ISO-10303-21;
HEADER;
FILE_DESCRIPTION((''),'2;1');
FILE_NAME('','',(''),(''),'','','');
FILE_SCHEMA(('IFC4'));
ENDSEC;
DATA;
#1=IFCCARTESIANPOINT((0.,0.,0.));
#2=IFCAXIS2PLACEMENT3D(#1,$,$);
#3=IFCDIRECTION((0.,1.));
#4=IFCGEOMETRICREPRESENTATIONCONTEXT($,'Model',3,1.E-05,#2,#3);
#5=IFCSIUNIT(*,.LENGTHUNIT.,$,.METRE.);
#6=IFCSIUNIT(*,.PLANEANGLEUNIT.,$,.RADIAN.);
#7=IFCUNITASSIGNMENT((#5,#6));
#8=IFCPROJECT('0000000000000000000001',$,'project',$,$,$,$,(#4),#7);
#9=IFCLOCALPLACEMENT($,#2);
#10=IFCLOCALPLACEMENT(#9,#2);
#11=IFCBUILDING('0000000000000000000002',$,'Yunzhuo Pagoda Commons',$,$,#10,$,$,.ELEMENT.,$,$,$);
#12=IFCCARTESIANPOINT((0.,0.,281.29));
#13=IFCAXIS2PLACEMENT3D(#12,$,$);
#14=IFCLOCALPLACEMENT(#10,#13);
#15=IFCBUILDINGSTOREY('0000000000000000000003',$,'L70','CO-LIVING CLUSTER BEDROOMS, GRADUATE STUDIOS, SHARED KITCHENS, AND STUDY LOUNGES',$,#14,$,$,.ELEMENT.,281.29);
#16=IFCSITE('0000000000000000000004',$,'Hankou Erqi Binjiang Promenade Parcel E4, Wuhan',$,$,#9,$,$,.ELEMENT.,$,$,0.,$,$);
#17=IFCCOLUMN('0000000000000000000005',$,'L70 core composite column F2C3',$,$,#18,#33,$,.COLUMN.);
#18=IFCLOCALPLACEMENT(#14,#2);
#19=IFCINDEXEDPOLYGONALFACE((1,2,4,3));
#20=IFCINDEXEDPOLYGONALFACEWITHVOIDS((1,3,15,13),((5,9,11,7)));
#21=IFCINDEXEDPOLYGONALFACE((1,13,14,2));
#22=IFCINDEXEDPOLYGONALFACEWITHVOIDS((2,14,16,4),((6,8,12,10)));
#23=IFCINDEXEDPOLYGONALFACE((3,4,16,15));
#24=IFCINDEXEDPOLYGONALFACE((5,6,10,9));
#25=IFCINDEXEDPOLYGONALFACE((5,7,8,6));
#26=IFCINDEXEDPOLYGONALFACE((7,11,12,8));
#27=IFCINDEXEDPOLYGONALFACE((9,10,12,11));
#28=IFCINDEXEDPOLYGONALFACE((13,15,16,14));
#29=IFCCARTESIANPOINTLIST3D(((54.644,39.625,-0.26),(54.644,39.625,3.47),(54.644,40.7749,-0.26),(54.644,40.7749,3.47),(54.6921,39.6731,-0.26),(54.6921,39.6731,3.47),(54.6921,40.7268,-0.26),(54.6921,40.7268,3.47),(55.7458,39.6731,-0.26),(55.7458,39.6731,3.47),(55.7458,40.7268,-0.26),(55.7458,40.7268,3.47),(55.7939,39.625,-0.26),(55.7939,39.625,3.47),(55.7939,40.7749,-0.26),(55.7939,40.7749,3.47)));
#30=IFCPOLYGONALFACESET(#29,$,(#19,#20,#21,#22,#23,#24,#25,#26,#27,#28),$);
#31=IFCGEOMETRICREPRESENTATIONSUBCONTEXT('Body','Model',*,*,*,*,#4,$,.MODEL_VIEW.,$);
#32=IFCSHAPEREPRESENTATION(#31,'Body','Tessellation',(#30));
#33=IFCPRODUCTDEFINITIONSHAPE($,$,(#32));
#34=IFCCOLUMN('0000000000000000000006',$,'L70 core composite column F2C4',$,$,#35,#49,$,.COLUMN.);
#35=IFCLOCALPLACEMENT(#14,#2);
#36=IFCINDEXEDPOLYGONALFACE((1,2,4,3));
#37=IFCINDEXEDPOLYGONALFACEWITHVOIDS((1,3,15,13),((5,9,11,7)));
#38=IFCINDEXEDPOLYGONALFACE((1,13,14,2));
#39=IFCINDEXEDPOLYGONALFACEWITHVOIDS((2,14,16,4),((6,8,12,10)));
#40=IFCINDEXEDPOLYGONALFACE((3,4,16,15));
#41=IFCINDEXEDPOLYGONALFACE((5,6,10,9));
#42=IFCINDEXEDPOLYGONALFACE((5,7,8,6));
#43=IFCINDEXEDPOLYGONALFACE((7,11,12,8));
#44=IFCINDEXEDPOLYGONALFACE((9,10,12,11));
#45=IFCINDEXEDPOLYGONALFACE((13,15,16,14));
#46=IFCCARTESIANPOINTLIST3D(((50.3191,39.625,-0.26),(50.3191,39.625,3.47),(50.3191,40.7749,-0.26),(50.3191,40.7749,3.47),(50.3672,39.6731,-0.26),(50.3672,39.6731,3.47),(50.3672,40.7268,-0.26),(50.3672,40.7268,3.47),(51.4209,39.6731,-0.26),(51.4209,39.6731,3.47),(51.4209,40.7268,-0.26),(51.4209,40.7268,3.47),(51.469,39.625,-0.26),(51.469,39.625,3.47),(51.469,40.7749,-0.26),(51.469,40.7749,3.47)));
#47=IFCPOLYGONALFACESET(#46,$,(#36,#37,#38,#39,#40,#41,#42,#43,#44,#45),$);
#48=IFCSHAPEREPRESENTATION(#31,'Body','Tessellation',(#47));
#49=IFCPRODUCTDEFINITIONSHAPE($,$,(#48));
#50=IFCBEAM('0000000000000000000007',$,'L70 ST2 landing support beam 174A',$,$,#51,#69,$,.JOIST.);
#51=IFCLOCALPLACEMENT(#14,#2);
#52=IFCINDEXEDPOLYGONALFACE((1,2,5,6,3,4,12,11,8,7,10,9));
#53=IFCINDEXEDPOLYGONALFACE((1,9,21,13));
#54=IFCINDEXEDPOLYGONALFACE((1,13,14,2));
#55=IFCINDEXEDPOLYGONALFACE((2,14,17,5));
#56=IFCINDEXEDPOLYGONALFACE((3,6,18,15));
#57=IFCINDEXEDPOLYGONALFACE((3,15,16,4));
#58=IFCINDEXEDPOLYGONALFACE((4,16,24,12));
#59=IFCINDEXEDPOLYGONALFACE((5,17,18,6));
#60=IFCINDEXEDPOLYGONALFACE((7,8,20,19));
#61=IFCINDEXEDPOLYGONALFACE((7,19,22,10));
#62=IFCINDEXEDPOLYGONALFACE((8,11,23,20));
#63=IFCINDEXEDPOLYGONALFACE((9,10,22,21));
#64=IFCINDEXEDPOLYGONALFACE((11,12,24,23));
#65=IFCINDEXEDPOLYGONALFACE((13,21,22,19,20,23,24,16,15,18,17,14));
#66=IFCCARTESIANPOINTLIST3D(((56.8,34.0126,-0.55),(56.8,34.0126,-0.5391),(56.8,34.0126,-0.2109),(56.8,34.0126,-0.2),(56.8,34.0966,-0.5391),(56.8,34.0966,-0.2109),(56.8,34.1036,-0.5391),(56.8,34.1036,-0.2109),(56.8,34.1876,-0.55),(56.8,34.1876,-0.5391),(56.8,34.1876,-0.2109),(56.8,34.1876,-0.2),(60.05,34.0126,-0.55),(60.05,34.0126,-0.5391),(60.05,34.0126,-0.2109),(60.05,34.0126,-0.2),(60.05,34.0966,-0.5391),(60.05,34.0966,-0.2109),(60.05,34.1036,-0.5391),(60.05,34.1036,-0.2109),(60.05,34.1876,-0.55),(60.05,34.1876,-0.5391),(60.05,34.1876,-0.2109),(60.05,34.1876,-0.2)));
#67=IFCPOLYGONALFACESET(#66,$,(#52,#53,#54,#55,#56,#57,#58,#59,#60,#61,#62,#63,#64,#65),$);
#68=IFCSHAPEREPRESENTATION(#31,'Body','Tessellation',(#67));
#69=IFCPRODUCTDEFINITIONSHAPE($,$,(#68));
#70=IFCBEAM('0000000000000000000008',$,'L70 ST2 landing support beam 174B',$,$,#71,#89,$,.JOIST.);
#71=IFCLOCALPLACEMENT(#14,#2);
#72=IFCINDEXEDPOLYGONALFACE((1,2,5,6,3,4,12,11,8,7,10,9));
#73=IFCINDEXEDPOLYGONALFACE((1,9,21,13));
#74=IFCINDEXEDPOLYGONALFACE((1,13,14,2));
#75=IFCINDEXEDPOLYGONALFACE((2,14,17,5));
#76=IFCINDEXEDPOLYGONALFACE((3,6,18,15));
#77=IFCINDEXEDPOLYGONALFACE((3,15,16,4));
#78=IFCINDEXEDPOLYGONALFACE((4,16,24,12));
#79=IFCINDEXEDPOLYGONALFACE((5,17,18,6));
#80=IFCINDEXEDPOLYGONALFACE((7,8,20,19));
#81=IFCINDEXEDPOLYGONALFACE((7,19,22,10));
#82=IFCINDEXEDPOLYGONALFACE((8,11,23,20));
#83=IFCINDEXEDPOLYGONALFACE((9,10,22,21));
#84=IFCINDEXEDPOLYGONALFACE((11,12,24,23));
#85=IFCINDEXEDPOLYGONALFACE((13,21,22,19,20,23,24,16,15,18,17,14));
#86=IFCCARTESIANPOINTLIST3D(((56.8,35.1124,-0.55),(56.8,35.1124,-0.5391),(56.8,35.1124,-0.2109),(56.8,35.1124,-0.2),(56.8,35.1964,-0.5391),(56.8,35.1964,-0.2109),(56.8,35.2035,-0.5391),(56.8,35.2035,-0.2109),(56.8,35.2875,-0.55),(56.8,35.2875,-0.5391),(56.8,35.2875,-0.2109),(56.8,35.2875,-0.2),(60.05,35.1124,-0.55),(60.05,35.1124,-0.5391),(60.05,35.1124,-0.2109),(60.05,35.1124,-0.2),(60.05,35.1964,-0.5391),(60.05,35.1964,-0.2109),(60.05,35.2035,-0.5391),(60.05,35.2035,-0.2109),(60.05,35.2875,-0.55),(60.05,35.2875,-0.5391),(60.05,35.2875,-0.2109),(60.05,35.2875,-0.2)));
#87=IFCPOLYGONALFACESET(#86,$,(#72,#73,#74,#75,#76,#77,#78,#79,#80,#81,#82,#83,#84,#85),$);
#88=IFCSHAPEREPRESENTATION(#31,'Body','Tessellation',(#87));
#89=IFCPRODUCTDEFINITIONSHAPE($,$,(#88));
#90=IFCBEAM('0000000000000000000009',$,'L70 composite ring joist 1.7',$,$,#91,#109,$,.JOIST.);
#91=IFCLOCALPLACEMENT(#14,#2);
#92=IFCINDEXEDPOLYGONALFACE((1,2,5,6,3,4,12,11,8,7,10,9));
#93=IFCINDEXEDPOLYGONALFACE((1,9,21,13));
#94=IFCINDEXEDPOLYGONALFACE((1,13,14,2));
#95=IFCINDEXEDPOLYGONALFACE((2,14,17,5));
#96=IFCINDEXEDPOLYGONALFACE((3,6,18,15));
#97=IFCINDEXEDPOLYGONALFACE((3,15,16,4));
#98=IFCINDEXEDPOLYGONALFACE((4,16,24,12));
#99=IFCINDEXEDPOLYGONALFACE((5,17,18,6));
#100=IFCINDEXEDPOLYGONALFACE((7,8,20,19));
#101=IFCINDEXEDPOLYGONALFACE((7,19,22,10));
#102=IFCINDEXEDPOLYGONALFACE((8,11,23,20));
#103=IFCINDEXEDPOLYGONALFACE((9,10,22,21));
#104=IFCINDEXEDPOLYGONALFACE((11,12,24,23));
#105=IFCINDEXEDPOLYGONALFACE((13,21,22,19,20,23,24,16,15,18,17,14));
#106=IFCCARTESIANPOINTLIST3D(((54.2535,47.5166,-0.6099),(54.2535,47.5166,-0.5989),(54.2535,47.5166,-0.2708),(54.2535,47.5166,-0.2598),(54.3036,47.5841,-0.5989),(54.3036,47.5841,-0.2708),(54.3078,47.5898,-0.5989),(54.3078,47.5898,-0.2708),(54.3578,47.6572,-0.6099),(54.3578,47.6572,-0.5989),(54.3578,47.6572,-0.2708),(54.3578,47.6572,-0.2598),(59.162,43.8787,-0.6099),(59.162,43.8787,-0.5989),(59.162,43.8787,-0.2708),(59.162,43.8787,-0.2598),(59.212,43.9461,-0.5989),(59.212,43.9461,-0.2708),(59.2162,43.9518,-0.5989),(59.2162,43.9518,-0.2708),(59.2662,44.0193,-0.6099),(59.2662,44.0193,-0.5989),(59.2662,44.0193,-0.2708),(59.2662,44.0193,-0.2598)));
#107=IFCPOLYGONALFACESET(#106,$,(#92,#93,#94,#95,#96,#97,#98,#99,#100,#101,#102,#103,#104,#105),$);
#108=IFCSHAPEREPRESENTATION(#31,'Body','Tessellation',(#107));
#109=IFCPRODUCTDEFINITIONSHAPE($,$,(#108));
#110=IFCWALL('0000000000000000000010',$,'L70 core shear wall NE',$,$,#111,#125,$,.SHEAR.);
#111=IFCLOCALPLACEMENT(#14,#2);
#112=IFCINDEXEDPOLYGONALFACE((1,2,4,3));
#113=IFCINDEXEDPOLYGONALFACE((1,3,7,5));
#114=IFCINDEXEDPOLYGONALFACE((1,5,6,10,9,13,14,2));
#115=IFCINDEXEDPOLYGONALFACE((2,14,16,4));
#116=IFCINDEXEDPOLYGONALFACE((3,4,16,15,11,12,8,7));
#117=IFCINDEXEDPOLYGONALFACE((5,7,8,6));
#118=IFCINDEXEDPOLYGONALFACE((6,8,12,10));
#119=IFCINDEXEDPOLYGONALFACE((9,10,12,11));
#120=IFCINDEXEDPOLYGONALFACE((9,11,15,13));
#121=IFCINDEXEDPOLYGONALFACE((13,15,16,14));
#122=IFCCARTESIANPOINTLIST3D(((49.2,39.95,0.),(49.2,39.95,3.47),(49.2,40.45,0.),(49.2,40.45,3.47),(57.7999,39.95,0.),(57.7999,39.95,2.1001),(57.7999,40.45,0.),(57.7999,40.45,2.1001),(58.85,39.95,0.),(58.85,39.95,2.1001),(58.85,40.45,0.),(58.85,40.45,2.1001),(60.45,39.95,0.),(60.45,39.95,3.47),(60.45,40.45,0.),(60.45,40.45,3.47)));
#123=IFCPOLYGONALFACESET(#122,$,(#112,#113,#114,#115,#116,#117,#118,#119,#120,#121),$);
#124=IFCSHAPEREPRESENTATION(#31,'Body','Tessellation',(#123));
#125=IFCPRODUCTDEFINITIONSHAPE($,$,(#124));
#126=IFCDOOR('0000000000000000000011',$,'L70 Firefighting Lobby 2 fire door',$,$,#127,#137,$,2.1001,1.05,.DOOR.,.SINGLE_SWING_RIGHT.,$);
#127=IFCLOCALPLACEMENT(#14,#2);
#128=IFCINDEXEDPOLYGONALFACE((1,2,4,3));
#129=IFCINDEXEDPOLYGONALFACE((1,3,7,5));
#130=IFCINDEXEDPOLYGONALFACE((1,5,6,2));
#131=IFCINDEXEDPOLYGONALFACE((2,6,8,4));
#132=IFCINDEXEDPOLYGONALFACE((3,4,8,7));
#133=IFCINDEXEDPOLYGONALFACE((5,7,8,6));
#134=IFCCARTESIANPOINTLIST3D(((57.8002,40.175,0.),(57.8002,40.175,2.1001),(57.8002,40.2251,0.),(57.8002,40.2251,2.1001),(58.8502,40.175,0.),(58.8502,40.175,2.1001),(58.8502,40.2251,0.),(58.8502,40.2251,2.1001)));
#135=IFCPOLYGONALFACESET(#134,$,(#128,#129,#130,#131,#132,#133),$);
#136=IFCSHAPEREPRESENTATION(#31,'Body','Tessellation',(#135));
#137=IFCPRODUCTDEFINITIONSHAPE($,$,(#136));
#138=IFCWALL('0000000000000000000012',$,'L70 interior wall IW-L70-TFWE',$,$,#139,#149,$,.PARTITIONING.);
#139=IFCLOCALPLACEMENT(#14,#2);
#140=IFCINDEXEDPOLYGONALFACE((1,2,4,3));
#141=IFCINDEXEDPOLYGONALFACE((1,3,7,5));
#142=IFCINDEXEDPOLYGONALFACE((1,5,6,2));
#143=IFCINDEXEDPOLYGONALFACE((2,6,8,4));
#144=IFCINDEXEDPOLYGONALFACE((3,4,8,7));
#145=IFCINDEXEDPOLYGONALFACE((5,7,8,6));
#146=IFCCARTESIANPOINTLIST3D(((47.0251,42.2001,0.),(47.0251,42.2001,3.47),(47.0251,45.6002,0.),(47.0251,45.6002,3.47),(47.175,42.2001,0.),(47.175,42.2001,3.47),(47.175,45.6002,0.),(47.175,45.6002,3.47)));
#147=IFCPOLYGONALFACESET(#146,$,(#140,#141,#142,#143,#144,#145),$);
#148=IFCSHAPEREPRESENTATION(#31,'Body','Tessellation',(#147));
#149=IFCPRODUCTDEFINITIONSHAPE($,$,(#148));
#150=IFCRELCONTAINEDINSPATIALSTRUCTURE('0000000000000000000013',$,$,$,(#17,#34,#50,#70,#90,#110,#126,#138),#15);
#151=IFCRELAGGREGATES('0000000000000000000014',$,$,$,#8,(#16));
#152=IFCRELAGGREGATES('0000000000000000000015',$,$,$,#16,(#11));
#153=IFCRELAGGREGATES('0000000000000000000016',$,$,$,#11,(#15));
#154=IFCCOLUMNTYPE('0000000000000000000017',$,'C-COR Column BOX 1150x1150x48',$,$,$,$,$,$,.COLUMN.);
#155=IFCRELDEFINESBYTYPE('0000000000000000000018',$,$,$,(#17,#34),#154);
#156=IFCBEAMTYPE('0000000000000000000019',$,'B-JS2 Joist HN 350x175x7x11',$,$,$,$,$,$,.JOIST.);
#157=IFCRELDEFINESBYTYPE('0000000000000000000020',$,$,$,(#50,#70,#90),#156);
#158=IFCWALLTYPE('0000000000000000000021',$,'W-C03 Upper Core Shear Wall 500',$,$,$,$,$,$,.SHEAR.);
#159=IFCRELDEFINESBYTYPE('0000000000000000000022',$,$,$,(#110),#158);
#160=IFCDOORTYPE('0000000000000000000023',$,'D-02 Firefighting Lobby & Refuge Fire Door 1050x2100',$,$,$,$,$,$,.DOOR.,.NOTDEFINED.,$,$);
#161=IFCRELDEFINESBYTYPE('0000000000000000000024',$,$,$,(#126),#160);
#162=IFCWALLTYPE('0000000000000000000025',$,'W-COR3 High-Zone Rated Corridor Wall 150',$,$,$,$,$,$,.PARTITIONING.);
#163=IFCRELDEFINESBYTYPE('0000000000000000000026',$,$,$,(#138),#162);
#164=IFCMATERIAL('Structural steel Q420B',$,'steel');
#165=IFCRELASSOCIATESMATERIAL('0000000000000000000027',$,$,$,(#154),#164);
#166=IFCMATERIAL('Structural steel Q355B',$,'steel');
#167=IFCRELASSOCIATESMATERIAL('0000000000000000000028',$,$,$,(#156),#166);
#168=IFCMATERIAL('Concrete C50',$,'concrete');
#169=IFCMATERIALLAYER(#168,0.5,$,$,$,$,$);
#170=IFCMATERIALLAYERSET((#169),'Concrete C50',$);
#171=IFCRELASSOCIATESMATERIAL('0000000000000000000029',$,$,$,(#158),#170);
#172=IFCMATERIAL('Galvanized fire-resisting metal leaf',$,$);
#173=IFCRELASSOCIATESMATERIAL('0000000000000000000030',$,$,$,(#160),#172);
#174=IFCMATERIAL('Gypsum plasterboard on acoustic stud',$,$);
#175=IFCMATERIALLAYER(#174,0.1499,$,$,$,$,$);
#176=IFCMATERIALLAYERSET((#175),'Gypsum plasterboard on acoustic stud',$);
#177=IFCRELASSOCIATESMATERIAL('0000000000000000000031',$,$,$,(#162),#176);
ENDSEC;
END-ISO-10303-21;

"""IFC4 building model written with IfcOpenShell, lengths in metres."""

from ifc_helpers import new_model, si_unit, direction, frame, frame_2d, origin, origin_2d, place, context, subcontext, project, spatial, rectangle, hollow_rectangle, i_section, extrude, source, transform, mapped, material, layer, layer_set, material_profile, profile_set, type_object, element, fill, save


model = new_model("IFC4")

# Units and contexts
model_context = context("Model", 3, precision=1e-05, world=origin(), true_north=direction((0.0, 1.0)))
body_context = subcontext(model_context, "Body", "Model", "MODEL_VIEW")
ifc_project = project(units=[si_unit("LENGTHUNIT", "METRE"), si_unit("PLANEANGLEUNIT", "RADIAN")], contexts=[model_context])

# Site, building, storey
site_placement = place(None, origin())
site = spatial("IfcSite", under=ifc_project, at=site_placement, Name="Hankou Erqi Binjiang Promenade Parcel E4, Wuhan", CompositionType="ELEMENT", RefElevation=0.0)
building_placement = place(site_placement, origin())
building = spatial("IfcBuilding", under=site, at=building_placement, Name="Yunzhuo Pagoda Commons", CompositionType="ELEMENT")
storey_placement = place(building_placement, frame((0.0, 0.0, 281.29)))
storey = spatial("IfcBuildingStorey", under=building, at=storey_placement, Name="L70", Description="CO-LIVING CLUSTER BEDROOMS, GRADUATE STUDIOS, SHARED KITCHENS, AND STUDY LOUNGES", CompositionType="ELEMENT", Elevation=281.29)

# Columns
ifc_material_1 = material(Name="Structural steel Q420B", Category="steel")
ifc_material_profile_1 = material_profile(ifc_material_1, hollow_rectangle(XDim=1.1499, YDim=1.1499, WallThickness=0.0481, at=origin_2d()), Name="Structural steel Q420B")
ifc_profile_set_1 = profile_set([ifc_material_profile_1], Name="Structural steel Q420B")
column_type = type_object("IfcColumnType", Name="C-COR Column BOX 1150x1150x48", PredefinedType="COLUMN", material=ifc_profile_set_1)
shared_shape_1 = source(origin(), body_context, "Body", "SweptSolid", [
    extrude(hollow_rectangle(XDim=1.1499, YDim=1.1499, WallThickness=0.0481, at=origin_2d()), origin(), (0.0, 0.0, 1.0), 3.73),
])
for number, where, z_axis, x_axis, name in (
    (1, (55.219, 40.2, -0.26), (0.0, 0.0, 1.0), (1.0, 0.0, 0.0), "L70 core composite column F2C3"),
    (2, (50.894, 40.2, -0.26), (0.0, 0.0, 1.0), (1.0, 0.0, 0.0), "L70 core composite column F2C4"),
):
    element("IfcColumn", number, at=place(storey_placement, frame(where, z_axis=z_axis, x_axis=x_axis)), inside=storey, type_object=column_type, Name=name, PredefinedType="COLUMN", context=body_context, shape_type="MappedRepresentation", body=[
        mapped(shared_shape_1, transform((0.0, 0.0, 0.0), scale=1.0)),
    ])

# Beams
ifc_material_2 = material(Name="Structural steel Q355B", Category="steel")
ifc_material_profile_2 = material_profile(ifc_material_2, i_section(OverallWidth=0.175, OverallDepth=0.3501, WebThickness=0.0071, FlangeThickness=0.011, at=origin_2d()), Name="Structural steel Q355B")
ifc_profile_set_2 = profile_set([ifc_material_profile_2], Name="Structural steel Q355B")
beam_type = type_object("IfcBeamType", Name="B-JS2 Joist HN 350x175x7x11", PredefinedType="JOIST", material=ifc_profile_set_2)
shared_shape_2 = source(origin(), body_context, "Body", "SweptSolid", [
    extrude(i_section(OverallWidth=0.175, OverallDepth=0.3501, WebThickness=0.0071, FlangeThickness=0.011, at=origin_2d()), origin(), (0.0, 0.0, 1.0), 3.25),
])
for number, where, z_axis, x_axis, name in (
    (3, (56.8, 34.1001, -0.375), (1.0, 0.0, 0.0), (0.0, 1.0, 0.0), "L70 ST2 landing support beam 174A"),
    (4, (56.8, 35.2, -0.375), (1.0, 0.0, 0.0), (0.0, 1.0, 0.0), "L70 ST2 landing support beam 174B"),
):
    element("IfcBeam", number, at=place(storey_placement, frame(where, z_axis=z_axis, x_axis=x_axis)), inside=storey, type_object=beam_type, Name=name, PredefinedType="JOIST", context=body_context, shape_type="MappedRepresentation", body=[
        mapped(shared_shape_2, transform((0.0, 0.0, 0.0), scale=1.0)),
    ])
shared_shape_3 = source(origin(), body_context, "Body", "SweptSolid", [
    extrude(i_section(OverallWidth=0.175, OverallDepth=0.3501, WebThickness=0.0071, FlangeThickness=0.011, at=origin_2d()), origin(), (0.0, 0.0, 1.0), 6.1096),
])
beam_placement = place(storey_placement, frame((59.2141, 43.949, -0.4348), z_axis=(-0.803396, 0.595444, 0.0), x_axis=(-0.595444, -0.803396, 0.0)))
element("IfcBeam", 5, at=beam_placement, inside=storey, type_object=beam_type, Name="L70 composite ring joist 1.7", PredefinedType="JOIST", context=body_context, shape_type="MappedRepresentation", body=[
    mapped(shared_shape_3, transform((0.0, 0.0, 0.0), scale=1.0)),
])

# Wall, opening, door
ifc_material_3 = material(Name="Concrete C50", Category="concrete")
ifc_layer_1 = layer(ifc_material_3, 0.5)
ifc_layer_set_1 = layer_set([ifc_layer_1], Name="Concrete C50")
wall_type_1 = type_object("IfcWallType", Name="W-C03 Upper Core Shear Wall 500", PredefinedType="SHEAR", material=ifc_layer_set_1)
wall_1_placement = place(storey_placement, frame((49.2, 40.2, 0.0), z_axis=(0.0, 0.0, 1.0), x_axis=(1.0, 0.0, 0.0)))
wall_1 = element("IfcWall", 6, at=wall_1_placement, inside=storey, type_object=wall_type_1, Name="L70 core shear wall NE", PredefinedType="SHEAR", context=body_context, shape_type="SweptSolid", body=[
    extrude(rectangle(XDim=11.25, YDim=0.5, at=frame_2d((5.625, 0.0))), origin(), (0.0, 0.0, 1.0), 3.47),
])
opening_1_placement = place(wall_1_placement, frame((8.6001, 0.0, 0.0)))
opening_1 = element("IfcOpeningElement", 7, at=opening_1_placement, cuts=wall_1, PredefinedType="OPENING", context=body_context, shape_type="SweptSolid", body=[
    extrude(rectangle(XDim=1.05, YDim=2.1001, at=frame_2d((0.5249, 1.05))), frame((0.0, 0.26, 0.0), z_axis=(0.0, -1.0, 0.0), x_axis=(1.0, 0.0, 0.0)), (0.0, 0.0, 1.0), 0.52),
])
ifc_material_4 = material(Name="Galvanized fire-resisting metal leaf")
door_type_1 = type_object("IfcDoorType", Name="D-02 Firefighting Lobby & Refuge Fire Door 1050x2100", OperationType="NOTDEFINED", PredefinedType="DOOR", material=ifc_material_4)
shared_shape_4 = source(origin(), body_context, "Body", "SweptSolid", [
    extrude(rectangle(XDim=1.05, YDim=2.1001, at=frame_2d((0.5249, 1.05))), frame((0.0, 0.0249, 0.0), z_axis=(0.0, -1.0, 0.0), x_axis=(1.0, 0.0, 0.0)), (0.0, 0.0, 1.0), 0.05),
])
door_1_placement = place(opening_1_placement, frame((1.05, 0.0, 0.0), z_axis=(0.0, 0.0, 1.0), x_axis=(-1.0, 0.0, 0.0)))
door_1 = element("IfcDoor", 8, at=door_1_placement, inside=storey, type_object=door_type_1, Name="L70 Firefighting Lobby 2 fire door", OperationType="SINGLE_SWING_RIGHT", OverallHeight=2.1001, OverallWidth=1.05, PredefinedType="DOOR", context=body_context, shape_type="MappedRepresentation", body=[
    mapped(shared_shape_4, transform((0.0, 0.0, 0.0), scale=1.0)),
])
fill(opening_1, door_1)

# Wall
ifc_material_5 = material(Name="Gypsum plasterboard on acoustic stud")
ifc_layer_2 = layer(ifc_material_5, 0.1499)
ifc_layer_set_2 = layer_set([ifc_layer_2], Name="Gypsum plasterboard on acoustic stud")
wall_type_2 = type_object("IfcWallType", Name="W-COR3 High-Zone Rated Corridor Wall 150", PredefinedType="PARTITIONING", material=ifc_layer_set_2)
wall_2_placement = place(storey_placement, frame((47.1001, 42.2, 0.0), z_axis=(0.0, 0.0, 1.0), x_axis=(0.0, 1.0, 0.0)))
element("IfcWall", 9, at=wall_2_placement, inside=storey, type_object=wall_type_2, Name="L70 interior wall IW-L70-TFWE", PredefinedType="PARTITIONING", context=body_context, shape_type="SweptSolid", body=[
    extrude(rectangle(XDim=3.4001, YDim=0.1499, at=frame_2d((1.7002, 0.0))), origin(), (0.0, 0.0, 1.0), 3.47),
])

save(model, "model.ifc")
